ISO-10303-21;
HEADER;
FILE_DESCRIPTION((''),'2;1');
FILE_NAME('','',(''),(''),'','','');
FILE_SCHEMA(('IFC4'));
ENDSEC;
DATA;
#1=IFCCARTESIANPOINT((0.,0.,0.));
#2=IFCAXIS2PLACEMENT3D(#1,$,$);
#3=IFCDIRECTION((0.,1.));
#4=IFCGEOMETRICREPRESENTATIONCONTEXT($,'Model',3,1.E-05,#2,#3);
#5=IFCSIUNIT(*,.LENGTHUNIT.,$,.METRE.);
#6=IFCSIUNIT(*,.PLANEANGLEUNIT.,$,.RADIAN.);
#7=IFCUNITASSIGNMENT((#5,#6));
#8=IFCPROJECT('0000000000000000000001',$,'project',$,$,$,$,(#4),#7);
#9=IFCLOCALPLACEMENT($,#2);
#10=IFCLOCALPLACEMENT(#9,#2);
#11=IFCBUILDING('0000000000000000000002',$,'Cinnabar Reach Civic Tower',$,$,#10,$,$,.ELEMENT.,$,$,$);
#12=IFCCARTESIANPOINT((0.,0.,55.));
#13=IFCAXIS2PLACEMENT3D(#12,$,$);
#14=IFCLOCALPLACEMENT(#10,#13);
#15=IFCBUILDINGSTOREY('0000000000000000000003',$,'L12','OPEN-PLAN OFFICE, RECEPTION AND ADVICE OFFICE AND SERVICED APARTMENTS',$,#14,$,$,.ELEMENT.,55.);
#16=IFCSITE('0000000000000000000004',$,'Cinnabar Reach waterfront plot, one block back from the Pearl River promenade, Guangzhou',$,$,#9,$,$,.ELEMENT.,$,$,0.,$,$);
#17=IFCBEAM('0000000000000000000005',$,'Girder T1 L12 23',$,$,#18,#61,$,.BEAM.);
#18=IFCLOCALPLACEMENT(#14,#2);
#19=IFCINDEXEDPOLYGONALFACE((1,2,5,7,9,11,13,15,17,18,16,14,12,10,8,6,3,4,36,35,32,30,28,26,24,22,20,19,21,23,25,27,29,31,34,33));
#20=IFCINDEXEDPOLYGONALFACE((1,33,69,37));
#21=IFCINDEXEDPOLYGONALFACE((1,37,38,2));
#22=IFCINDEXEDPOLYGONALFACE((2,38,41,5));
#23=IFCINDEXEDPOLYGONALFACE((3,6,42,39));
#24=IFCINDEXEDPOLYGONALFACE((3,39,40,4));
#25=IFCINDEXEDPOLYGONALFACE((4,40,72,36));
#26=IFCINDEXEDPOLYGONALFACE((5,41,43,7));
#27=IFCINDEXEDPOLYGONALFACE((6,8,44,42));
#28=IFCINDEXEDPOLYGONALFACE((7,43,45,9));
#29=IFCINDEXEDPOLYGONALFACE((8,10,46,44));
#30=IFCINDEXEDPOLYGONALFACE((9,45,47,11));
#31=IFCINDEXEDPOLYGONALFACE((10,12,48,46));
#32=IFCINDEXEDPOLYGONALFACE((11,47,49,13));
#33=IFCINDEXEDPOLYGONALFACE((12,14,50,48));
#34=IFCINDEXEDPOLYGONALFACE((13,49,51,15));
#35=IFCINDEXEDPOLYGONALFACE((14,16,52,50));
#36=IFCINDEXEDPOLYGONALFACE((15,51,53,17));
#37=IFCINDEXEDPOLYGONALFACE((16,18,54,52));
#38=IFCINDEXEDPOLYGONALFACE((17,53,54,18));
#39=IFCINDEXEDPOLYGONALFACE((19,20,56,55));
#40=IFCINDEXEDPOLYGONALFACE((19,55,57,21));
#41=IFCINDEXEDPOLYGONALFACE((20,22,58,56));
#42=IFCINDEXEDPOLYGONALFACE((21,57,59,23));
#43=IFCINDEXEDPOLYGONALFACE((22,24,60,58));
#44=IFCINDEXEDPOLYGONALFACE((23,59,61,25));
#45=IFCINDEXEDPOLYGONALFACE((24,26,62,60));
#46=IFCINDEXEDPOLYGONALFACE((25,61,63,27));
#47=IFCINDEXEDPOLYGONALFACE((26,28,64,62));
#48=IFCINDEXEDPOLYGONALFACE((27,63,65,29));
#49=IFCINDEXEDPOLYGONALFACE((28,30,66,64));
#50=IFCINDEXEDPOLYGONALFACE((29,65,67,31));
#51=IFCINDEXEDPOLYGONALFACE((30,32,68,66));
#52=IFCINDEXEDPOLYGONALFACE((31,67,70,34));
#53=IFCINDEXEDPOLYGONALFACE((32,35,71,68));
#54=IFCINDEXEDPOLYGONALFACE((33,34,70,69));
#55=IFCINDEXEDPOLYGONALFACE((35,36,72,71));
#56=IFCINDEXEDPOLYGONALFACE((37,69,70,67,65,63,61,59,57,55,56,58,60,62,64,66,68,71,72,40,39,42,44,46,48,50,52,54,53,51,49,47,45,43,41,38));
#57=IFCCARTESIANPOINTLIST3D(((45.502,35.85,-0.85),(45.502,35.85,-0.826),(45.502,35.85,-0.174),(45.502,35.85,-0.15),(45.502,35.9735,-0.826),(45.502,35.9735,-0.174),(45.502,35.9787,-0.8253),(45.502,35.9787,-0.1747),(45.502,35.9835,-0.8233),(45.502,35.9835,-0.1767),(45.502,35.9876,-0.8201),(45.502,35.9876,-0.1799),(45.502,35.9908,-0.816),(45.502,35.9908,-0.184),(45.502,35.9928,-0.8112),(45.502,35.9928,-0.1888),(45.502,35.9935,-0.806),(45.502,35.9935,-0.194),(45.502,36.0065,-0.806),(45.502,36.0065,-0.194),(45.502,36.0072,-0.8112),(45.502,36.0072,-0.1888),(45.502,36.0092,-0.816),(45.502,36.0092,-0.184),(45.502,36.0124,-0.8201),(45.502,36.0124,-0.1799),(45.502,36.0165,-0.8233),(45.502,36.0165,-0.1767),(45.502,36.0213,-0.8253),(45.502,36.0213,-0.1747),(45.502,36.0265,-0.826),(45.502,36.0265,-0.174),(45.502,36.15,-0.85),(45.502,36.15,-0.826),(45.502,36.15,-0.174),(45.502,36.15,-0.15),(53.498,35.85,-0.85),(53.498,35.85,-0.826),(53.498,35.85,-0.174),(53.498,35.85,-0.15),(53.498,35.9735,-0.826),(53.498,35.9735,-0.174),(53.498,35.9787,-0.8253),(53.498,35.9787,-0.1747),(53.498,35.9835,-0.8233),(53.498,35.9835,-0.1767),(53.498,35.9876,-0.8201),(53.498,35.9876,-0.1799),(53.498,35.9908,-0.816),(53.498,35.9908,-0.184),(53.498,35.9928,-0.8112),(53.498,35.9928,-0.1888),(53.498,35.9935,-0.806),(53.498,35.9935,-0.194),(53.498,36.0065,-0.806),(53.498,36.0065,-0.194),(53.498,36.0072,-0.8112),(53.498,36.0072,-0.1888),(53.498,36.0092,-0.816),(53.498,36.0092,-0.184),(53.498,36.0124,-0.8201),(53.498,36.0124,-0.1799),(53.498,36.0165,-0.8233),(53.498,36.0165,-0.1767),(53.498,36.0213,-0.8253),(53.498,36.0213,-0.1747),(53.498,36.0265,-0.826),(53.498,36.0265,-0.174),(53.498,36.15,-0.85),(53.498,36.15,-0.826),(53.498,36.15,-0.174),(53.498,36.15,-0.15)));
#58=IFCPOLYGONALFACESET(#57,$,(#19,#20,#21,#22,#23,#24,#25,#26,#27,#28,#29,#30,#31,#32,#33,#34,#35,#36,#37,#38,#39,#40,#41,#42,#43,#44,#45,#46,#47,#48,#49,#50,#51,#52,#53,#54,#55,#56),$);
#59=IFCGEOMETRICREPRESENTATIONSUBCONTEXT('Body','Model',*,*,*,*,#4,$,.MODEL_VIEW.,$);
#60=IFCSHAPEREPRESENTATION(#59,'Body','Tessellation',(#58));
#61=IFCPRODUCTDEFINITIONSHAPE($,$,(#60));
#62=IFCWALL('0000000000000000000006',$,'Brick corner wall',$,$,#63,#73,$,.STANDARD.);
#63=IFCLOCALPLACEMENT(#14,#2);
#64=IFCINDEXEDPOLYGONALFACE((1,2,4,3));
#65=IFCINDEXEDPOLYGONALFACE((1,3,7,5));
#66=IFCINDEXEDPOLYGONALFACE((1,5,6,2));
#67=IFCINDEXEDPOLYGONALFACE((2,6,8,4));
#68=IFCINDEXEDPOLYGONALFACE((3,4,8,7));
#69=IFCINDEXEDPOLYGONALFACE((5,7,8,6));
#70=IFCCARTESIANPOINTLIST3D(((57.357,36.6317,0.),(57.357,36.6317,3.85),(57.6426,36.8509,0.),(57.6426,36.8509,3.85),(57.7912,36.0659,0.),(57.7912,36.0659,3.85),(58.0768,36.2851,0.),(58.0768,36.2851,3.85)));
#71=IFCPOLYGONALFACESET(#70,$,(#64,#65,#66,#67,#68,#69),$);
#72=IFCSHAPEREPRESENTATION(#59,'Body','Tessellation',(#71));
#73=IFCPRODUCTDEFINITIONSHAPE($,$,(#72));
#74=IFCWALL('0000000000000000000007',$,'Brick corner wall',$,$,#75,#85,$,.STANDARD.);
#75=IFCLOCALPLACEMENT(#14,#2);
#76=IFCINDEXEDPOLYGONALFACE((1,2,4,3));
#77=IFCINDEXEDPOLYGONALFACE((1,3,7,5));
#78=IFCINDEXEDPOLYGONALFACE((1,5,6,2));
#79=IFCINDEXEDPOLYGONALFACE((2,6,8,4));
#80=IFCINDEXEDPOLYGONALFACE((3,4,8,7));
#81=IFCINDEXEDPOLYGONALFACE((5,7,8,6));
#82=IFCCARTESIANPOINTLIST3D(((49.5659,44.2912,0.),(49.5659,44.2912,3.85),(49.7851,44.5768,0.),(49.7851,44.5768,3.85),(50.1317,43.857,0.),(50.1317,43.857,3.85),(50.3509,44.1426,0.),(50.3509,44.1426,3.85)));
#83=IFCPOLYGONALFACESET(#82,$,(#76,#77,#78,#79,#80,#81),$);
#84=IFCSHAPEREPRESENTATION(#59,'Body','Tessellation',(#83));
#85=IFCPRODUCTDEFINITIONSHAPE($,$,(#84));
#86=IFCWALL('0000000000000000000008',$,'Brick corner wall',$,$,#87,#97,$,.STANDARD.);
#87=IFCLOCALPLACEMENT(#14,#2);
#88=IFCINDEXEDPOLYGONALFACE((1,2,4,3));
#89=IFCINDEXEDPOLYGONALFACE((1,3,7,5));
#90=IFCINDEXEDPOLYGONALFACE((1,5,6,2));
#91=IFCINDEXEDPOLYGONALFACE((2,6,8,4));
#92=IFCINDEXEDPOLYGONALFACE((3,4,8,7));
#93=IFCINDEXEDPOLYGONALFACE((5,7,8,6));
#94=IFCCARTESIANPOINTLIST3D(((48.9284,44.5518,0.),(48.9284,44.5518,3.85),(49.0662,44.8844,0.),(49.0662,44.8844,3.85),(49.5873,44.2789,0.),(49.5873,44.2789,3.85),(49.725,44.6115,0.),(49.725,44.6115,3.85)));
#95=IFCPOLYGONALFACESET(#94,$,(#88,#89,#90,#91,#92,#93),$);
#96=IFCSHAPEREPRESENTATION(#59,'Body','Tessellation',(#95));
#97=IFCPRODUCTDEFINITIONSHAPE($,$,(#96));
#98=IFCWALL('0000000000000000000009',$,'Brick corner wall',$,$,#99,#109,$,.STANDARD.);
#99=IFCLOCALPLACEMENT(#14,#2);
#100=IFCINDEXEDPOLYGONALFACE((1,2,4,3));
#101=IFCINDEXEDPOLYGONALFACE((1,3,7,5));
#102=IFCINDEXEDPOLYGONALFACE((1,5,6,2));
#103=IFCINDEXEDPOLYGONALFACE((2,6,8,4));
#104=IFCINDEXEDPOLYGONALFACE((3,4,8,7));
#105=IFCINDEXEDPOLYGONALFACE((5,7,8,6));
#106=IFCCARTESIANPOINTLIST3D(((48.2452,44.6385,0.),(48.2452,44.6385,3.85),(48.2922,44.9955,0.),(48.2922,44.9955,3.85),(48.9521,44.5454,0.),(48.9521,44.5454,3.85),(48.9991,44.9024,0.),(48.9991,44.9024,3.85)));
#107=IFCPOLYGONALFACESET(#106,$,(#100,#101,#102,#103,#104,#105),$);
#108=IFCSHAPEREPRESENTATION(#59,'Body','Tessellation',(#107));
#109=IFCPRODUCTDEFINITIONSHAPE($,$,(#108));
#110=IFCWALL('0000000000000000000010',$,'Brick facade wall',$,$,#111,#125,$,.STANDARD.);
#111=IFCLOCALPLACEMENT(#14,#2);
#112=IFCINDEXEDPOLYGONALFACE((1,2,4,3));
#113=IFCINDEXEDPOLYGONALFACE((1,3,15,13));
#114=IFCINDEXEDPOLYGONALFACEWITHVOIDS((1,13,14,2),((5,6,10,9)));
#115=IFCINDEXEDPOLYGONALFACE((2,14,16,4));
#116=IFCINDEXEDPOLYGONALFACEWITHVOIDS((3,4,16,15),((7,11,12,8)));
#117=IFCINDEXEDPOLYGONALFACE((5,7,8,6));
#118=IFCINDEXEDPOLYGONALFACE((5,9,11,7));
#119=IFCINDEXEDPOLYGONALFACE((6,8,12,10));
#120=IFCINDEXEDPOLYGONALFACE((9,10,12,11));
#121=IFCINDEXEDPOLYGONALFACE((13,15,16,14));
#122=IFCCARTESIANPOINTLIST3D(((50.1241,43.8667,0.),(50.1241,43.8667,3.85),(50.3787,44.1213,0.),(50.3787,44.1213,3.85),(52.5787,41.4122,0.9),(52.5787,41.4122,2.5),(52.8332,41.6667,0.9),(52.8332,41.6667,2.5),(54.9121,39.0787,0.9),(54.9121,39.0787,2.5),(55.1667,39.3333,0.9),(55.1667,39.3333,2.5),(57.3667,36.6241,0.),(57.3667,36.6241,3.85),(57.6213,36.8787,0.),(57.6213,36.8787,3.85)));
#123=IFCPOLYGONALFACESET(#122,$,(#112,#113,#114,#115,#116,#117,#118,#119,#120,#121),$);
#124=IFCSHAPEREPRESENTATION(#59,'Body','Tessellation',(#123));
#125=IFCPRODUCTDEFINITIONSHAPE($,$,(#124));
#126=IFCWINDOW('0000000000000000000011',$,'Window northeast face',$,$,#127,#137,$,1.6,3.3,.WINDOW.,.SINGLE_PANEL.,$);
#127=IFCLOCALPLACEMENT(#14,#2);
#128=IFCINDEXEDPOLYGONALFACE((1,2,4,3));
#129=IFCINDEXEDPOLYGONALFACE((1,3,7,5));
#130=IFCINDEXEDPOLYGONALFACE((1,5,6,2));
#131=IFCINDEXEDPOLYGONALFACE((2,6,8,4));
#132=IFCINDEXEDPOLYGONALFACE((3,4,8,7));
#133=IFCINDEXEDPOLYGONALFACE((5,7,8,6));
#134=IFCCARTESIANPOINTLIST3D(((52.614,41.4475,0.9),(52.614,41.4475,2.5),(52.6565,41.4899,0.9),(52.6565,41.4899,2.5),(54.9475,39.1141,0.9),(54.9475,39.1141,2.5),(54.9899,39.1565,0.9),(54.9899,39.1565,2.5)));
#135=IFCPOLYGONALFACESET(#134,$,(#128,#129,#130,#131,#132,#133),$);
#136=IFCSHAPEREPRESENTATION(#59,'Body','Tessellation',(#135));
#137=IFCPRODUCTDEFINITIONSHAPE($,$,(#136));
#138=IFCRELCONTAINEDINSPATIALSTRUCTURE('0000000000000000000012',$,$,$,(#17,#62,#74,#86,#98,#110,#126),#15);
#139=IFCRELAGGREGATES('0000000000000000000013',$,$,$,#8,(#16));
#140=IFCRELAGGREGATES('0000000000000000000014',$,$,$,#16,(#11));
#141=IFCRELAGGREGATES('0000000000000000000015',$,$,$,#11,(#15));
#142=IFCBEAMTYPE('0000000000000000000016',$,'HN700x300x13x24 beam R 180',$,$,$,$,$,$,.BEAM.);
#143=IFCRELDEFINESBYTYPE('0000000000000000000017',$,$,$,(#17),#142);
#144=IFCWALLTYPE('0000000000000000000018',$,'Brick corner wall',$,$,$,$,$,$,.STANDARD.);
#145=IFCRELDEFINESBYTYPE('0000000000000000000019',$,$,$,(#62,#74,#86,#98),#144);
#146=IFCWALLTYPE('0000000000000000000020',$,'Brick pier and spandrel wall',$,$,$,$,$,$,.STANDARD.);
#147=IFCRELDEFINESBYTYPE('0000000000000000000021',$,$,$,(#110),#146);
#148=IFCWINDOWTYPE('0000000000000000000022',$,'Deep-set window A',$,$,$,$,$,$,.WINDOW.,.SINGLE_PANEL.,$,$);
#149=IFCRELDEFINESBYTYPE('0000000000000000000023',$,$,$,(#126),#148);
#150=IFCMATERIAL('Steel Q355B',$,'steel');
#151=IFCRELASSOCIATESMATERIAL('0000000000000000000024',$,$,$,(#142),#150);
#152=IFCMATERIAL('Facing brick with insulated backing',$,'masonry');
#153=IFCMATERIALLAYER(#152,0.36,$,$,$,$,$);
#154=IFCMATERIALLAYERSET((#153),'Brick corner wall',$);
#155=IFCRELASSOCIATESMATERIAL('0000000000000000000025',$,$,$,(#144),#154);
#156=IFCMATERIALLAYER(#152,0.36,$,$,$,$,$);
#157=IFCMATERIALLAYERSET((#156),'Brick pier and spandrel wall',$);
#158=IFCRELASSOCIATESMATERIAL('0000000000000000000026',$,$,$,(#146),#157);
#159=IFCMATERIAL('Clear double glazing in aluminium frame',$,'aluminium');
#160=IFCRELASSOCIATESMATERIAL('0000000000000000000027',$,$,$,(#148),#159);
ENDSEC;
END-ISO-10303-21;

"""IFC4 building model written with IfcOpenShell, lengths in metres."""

from ifc_helpers import new_model, si_unit, direction, frame, frame_2d, origin, origin_2d, place, context, subcontext, project, spatial, rectangle, i_section, extrude, material, layer, layer_set, material_profile, profile_set, type_object, element, fill, save


model = new_model("IFC4")

# Units and contexts
model_context = context("Model", 3, precision=1e-05, world=origin(), true_north=direction((0.0, 1.0)))
body_context = subcontext(model_context, "Body", "Model", "MODEL_VIEW")
ifc_project = project(units=[si_unit("LENGTHUNIT", "METRE"), si_unit("PLANEANGLEUNIT", "RADIAN")], contexts=[model_context])

# Site, building, storey
site_placement = place(None, origin())
site = spatial("IfcSite", under=ifc_project, at=site_placement, Name="Cinnabar Reach waterfront plot, one block back from the Pearl River promenade, Guangzhou", CompositionType="ELEMENT", RefElevation=0.0)
building_placement = place(site_placement, origin())
building = spatial("IfcBuilding", under=site, at=building_placement, Name="Cinnabar Reach Civic Tower", CompositionType="ELEMENT")
storey_placement = place(building_placement, frame((0.0, 0.0, 55.0)))
storey = spatial("IfcBuildingStorey", under=building, at=storey_placement, Name="L12", Description="OPEN-PLAN OFFICE, RECEPTION AND ADVICE OFFICE AND SERVICED APARTMENTS", CompositionType="ELEMENT", Elevation=55.0)

# Beam
ifc_material_1 = material(Name="Steel Q355B", Category="steel")
ifc_material_profile_1 = material_profile(ifc_material_1, i_section(OverallWidth=0.3, OverallDepth=0.7, WebThickness=0.013, FlangeThickness=0.024, FilletRadius=0.02, at=origin_2d()), Name="HN700x300x13x24")
ifc_profile_set_1 = profile_set([ifc_material_profile_1], Name="Steel Q355B")
beam_type_1 = type_object("IfcBeamType", Name="HN700x300x13x24 beam R 180", PredefinedType="BEAM", material=ifc_profile_set_1)
beam_1_placement = place(storey_placement, frame((45.502, 36.0, -0.5), z_axis=(1.0, 0.0, 0.0), x_axis=(0.0, 1.0, 0.0)))
element("IfcBeam", 1, at=beam_1_placement, inside=storey, type_object=beam_type_1, Name="Girder T1 L12 23", PredefinedType="BEAM", context=body_context, shape_type="SweptSolid", body=[
    extrude(i_section(OverallWidth=0.3, OverallDepth=0.7, WebThickness=0.013, FlangeThickness=0.024, FilletRadius=0.02, at=origin_2d()), origin(), (0.0, 0.0, 1.0), 7.996),
])

# Walls
ifc_material_2 = material(Name="Facing brick with insulated backing", Category="masonry")
ifc_layer_1 = layer(ifc_material_2, 0.36)
ifc_layer_set_1 = layer_set([ifc_layer_1], Name="Brick corner wall")
wall_type_1 = type_object("IfcWallType", Name="Brick corner wall", PredefinedType="STANDARD", material=ifc_layer_set_1)
for number, where, z_axis, x_axis, name in (
    (2, (57.934, 36.1755, 0.0), (0.0, 0.0, 1.0), (-0.608802, 0.793322, 0.0), "Brick corner wall"),
    (3, (50.2413, 43.9998, 0.0), (0.0, 0.0, 1.0), (-0.793322, 0.608802, 0.0), "Brick corner wall"),
):
    element("IfcWall", number, at=place(storey_placement, frame(where, z_axis=z_axis, x_axis=x_axis)), inside=storey, type_object=wall_type_1, Name=name, PredefinedType="STANDARD", context=body_context, shape_type="SweptSolid", body=[
        extrude(rectangle(XDim=0.7132, YDim=0.36, at=frame_2d((0.3566, 0.0))), origin(), (0.0, 0.0, 1.0), 3.85),
    ])
for number, where, z_axis, x_axis, name in (
    (4, (49.6561, 44.4452, 0.0), (0.0, 0.0, 1.0), (-0.923872, 0.382703, 0.0), "Brick corner wall"),
    (5, (48.9756, 44.7239, 0.0), (0.0, 0.0, 1.0), (-0.991441, 0.130556, 0.0), "Brick corner wall"),
):
    element("IfcWall", number, at=place(storey_placement, frame(where, z_axis=z_axis, x_axis=x_axis)), inside=storey, type_object=wall_type_1, Name=name, PredefinedType="STANDARD", context=body_context, shape_type="SweptSolid", body=[
        extrude(rectangle(XDim=0.7131, YDim=0.36, at=frame_2d((0.3565, 0.0))), origin(), (0.0, 0.0, 1.0), 3.85),
    ])

# Wall, opening, window
ifc_layer_2 = layer(ifc_material_2, 0.36)
ifc_layer_set_2 = layer_set([ifc_layer_2], Name="Brick pier and spandrel wall")
wall_type_2 = type_object("IfcWallType", Name="Brick pier and spandrel wall", PredefinedType="STANDARD", material=ifc_layer_set_2)
wall_1_placement = place(storey_placement, frame((57.494, 36.7514, 0.0), z_axis=(0.0, 0.0, 1.0), x_axis=(-0.707107, 0.707107, 0.0)))
wall_1 = element("IfcWall", 6, at=wall_1_placement, inside=storey, type_object=wall_type_2, Name="Brick facade wall", PredefinedType="STANDARD", context=body_context, shape_type="SweptSolid", body=[
    extrude(rectangle(XDim=10.2426, YDim=0.36, at=frame_2d((5.1213, 0.0))), origin(), (0.0, 0.0, 1.0), 3.85),
])
opening_1_placement = place(wall_1_placement, frame((3.4713, 0.0, 0.9)))
opening_1 = element("IfcOpeningElement", 7, at=opening_1_placement, cuts=wall_1, PredefinedType="OPENING", context=body_context, shape_type="SweptSolid", body=[
    extrude(rectangle(XDim=3.3, YDim=1.6, at=frame_2d((1.65, 0.8))), frame((0.0, 0.19, 0.0), z_axis=(0.0, -1.0, 0.0), x_axis=(1.0, 0.0, 0.0)), (0.0, 0.0, 1.0), 0.38),
])
ifc_material_3 = material(Name="Clear double glazing in aluminium frame", Category="aluminium")
window_type_1 = type_object("IfcWindowType", Name="Deep-set window A", PartitioningType="SINGLE_PANEL", PredefinedType="WINDOW", material=ifc_material_3)
window_1_placement = place(opening_1_placement, origin())
window_1 = element("IfcWindow", 8, at=window_1_placement, inside=storey, type_object=window_type_1, Name="Window northeast face", OverallHeight=1.6, OverallWidth=3.3, PartitioningType="SINGLE_PANEL", PredefinedType="WINDOW", context=body_context, shape_type="SweptSolid", body=[
    extrude(rectangle(XDim=3.3, YDim=1.6, at=frame_2d((1.65, 0.8))), frame((0.0, 0.13, 0.0), z_axis=(0.0, -1.0, 0.0), x_axis=(1.0, 0.0, 0.0)), (0.0, 0.0, 1.0), 0.06),
])
fill(opening_1, window_1)

save(model, "model.ifc")
